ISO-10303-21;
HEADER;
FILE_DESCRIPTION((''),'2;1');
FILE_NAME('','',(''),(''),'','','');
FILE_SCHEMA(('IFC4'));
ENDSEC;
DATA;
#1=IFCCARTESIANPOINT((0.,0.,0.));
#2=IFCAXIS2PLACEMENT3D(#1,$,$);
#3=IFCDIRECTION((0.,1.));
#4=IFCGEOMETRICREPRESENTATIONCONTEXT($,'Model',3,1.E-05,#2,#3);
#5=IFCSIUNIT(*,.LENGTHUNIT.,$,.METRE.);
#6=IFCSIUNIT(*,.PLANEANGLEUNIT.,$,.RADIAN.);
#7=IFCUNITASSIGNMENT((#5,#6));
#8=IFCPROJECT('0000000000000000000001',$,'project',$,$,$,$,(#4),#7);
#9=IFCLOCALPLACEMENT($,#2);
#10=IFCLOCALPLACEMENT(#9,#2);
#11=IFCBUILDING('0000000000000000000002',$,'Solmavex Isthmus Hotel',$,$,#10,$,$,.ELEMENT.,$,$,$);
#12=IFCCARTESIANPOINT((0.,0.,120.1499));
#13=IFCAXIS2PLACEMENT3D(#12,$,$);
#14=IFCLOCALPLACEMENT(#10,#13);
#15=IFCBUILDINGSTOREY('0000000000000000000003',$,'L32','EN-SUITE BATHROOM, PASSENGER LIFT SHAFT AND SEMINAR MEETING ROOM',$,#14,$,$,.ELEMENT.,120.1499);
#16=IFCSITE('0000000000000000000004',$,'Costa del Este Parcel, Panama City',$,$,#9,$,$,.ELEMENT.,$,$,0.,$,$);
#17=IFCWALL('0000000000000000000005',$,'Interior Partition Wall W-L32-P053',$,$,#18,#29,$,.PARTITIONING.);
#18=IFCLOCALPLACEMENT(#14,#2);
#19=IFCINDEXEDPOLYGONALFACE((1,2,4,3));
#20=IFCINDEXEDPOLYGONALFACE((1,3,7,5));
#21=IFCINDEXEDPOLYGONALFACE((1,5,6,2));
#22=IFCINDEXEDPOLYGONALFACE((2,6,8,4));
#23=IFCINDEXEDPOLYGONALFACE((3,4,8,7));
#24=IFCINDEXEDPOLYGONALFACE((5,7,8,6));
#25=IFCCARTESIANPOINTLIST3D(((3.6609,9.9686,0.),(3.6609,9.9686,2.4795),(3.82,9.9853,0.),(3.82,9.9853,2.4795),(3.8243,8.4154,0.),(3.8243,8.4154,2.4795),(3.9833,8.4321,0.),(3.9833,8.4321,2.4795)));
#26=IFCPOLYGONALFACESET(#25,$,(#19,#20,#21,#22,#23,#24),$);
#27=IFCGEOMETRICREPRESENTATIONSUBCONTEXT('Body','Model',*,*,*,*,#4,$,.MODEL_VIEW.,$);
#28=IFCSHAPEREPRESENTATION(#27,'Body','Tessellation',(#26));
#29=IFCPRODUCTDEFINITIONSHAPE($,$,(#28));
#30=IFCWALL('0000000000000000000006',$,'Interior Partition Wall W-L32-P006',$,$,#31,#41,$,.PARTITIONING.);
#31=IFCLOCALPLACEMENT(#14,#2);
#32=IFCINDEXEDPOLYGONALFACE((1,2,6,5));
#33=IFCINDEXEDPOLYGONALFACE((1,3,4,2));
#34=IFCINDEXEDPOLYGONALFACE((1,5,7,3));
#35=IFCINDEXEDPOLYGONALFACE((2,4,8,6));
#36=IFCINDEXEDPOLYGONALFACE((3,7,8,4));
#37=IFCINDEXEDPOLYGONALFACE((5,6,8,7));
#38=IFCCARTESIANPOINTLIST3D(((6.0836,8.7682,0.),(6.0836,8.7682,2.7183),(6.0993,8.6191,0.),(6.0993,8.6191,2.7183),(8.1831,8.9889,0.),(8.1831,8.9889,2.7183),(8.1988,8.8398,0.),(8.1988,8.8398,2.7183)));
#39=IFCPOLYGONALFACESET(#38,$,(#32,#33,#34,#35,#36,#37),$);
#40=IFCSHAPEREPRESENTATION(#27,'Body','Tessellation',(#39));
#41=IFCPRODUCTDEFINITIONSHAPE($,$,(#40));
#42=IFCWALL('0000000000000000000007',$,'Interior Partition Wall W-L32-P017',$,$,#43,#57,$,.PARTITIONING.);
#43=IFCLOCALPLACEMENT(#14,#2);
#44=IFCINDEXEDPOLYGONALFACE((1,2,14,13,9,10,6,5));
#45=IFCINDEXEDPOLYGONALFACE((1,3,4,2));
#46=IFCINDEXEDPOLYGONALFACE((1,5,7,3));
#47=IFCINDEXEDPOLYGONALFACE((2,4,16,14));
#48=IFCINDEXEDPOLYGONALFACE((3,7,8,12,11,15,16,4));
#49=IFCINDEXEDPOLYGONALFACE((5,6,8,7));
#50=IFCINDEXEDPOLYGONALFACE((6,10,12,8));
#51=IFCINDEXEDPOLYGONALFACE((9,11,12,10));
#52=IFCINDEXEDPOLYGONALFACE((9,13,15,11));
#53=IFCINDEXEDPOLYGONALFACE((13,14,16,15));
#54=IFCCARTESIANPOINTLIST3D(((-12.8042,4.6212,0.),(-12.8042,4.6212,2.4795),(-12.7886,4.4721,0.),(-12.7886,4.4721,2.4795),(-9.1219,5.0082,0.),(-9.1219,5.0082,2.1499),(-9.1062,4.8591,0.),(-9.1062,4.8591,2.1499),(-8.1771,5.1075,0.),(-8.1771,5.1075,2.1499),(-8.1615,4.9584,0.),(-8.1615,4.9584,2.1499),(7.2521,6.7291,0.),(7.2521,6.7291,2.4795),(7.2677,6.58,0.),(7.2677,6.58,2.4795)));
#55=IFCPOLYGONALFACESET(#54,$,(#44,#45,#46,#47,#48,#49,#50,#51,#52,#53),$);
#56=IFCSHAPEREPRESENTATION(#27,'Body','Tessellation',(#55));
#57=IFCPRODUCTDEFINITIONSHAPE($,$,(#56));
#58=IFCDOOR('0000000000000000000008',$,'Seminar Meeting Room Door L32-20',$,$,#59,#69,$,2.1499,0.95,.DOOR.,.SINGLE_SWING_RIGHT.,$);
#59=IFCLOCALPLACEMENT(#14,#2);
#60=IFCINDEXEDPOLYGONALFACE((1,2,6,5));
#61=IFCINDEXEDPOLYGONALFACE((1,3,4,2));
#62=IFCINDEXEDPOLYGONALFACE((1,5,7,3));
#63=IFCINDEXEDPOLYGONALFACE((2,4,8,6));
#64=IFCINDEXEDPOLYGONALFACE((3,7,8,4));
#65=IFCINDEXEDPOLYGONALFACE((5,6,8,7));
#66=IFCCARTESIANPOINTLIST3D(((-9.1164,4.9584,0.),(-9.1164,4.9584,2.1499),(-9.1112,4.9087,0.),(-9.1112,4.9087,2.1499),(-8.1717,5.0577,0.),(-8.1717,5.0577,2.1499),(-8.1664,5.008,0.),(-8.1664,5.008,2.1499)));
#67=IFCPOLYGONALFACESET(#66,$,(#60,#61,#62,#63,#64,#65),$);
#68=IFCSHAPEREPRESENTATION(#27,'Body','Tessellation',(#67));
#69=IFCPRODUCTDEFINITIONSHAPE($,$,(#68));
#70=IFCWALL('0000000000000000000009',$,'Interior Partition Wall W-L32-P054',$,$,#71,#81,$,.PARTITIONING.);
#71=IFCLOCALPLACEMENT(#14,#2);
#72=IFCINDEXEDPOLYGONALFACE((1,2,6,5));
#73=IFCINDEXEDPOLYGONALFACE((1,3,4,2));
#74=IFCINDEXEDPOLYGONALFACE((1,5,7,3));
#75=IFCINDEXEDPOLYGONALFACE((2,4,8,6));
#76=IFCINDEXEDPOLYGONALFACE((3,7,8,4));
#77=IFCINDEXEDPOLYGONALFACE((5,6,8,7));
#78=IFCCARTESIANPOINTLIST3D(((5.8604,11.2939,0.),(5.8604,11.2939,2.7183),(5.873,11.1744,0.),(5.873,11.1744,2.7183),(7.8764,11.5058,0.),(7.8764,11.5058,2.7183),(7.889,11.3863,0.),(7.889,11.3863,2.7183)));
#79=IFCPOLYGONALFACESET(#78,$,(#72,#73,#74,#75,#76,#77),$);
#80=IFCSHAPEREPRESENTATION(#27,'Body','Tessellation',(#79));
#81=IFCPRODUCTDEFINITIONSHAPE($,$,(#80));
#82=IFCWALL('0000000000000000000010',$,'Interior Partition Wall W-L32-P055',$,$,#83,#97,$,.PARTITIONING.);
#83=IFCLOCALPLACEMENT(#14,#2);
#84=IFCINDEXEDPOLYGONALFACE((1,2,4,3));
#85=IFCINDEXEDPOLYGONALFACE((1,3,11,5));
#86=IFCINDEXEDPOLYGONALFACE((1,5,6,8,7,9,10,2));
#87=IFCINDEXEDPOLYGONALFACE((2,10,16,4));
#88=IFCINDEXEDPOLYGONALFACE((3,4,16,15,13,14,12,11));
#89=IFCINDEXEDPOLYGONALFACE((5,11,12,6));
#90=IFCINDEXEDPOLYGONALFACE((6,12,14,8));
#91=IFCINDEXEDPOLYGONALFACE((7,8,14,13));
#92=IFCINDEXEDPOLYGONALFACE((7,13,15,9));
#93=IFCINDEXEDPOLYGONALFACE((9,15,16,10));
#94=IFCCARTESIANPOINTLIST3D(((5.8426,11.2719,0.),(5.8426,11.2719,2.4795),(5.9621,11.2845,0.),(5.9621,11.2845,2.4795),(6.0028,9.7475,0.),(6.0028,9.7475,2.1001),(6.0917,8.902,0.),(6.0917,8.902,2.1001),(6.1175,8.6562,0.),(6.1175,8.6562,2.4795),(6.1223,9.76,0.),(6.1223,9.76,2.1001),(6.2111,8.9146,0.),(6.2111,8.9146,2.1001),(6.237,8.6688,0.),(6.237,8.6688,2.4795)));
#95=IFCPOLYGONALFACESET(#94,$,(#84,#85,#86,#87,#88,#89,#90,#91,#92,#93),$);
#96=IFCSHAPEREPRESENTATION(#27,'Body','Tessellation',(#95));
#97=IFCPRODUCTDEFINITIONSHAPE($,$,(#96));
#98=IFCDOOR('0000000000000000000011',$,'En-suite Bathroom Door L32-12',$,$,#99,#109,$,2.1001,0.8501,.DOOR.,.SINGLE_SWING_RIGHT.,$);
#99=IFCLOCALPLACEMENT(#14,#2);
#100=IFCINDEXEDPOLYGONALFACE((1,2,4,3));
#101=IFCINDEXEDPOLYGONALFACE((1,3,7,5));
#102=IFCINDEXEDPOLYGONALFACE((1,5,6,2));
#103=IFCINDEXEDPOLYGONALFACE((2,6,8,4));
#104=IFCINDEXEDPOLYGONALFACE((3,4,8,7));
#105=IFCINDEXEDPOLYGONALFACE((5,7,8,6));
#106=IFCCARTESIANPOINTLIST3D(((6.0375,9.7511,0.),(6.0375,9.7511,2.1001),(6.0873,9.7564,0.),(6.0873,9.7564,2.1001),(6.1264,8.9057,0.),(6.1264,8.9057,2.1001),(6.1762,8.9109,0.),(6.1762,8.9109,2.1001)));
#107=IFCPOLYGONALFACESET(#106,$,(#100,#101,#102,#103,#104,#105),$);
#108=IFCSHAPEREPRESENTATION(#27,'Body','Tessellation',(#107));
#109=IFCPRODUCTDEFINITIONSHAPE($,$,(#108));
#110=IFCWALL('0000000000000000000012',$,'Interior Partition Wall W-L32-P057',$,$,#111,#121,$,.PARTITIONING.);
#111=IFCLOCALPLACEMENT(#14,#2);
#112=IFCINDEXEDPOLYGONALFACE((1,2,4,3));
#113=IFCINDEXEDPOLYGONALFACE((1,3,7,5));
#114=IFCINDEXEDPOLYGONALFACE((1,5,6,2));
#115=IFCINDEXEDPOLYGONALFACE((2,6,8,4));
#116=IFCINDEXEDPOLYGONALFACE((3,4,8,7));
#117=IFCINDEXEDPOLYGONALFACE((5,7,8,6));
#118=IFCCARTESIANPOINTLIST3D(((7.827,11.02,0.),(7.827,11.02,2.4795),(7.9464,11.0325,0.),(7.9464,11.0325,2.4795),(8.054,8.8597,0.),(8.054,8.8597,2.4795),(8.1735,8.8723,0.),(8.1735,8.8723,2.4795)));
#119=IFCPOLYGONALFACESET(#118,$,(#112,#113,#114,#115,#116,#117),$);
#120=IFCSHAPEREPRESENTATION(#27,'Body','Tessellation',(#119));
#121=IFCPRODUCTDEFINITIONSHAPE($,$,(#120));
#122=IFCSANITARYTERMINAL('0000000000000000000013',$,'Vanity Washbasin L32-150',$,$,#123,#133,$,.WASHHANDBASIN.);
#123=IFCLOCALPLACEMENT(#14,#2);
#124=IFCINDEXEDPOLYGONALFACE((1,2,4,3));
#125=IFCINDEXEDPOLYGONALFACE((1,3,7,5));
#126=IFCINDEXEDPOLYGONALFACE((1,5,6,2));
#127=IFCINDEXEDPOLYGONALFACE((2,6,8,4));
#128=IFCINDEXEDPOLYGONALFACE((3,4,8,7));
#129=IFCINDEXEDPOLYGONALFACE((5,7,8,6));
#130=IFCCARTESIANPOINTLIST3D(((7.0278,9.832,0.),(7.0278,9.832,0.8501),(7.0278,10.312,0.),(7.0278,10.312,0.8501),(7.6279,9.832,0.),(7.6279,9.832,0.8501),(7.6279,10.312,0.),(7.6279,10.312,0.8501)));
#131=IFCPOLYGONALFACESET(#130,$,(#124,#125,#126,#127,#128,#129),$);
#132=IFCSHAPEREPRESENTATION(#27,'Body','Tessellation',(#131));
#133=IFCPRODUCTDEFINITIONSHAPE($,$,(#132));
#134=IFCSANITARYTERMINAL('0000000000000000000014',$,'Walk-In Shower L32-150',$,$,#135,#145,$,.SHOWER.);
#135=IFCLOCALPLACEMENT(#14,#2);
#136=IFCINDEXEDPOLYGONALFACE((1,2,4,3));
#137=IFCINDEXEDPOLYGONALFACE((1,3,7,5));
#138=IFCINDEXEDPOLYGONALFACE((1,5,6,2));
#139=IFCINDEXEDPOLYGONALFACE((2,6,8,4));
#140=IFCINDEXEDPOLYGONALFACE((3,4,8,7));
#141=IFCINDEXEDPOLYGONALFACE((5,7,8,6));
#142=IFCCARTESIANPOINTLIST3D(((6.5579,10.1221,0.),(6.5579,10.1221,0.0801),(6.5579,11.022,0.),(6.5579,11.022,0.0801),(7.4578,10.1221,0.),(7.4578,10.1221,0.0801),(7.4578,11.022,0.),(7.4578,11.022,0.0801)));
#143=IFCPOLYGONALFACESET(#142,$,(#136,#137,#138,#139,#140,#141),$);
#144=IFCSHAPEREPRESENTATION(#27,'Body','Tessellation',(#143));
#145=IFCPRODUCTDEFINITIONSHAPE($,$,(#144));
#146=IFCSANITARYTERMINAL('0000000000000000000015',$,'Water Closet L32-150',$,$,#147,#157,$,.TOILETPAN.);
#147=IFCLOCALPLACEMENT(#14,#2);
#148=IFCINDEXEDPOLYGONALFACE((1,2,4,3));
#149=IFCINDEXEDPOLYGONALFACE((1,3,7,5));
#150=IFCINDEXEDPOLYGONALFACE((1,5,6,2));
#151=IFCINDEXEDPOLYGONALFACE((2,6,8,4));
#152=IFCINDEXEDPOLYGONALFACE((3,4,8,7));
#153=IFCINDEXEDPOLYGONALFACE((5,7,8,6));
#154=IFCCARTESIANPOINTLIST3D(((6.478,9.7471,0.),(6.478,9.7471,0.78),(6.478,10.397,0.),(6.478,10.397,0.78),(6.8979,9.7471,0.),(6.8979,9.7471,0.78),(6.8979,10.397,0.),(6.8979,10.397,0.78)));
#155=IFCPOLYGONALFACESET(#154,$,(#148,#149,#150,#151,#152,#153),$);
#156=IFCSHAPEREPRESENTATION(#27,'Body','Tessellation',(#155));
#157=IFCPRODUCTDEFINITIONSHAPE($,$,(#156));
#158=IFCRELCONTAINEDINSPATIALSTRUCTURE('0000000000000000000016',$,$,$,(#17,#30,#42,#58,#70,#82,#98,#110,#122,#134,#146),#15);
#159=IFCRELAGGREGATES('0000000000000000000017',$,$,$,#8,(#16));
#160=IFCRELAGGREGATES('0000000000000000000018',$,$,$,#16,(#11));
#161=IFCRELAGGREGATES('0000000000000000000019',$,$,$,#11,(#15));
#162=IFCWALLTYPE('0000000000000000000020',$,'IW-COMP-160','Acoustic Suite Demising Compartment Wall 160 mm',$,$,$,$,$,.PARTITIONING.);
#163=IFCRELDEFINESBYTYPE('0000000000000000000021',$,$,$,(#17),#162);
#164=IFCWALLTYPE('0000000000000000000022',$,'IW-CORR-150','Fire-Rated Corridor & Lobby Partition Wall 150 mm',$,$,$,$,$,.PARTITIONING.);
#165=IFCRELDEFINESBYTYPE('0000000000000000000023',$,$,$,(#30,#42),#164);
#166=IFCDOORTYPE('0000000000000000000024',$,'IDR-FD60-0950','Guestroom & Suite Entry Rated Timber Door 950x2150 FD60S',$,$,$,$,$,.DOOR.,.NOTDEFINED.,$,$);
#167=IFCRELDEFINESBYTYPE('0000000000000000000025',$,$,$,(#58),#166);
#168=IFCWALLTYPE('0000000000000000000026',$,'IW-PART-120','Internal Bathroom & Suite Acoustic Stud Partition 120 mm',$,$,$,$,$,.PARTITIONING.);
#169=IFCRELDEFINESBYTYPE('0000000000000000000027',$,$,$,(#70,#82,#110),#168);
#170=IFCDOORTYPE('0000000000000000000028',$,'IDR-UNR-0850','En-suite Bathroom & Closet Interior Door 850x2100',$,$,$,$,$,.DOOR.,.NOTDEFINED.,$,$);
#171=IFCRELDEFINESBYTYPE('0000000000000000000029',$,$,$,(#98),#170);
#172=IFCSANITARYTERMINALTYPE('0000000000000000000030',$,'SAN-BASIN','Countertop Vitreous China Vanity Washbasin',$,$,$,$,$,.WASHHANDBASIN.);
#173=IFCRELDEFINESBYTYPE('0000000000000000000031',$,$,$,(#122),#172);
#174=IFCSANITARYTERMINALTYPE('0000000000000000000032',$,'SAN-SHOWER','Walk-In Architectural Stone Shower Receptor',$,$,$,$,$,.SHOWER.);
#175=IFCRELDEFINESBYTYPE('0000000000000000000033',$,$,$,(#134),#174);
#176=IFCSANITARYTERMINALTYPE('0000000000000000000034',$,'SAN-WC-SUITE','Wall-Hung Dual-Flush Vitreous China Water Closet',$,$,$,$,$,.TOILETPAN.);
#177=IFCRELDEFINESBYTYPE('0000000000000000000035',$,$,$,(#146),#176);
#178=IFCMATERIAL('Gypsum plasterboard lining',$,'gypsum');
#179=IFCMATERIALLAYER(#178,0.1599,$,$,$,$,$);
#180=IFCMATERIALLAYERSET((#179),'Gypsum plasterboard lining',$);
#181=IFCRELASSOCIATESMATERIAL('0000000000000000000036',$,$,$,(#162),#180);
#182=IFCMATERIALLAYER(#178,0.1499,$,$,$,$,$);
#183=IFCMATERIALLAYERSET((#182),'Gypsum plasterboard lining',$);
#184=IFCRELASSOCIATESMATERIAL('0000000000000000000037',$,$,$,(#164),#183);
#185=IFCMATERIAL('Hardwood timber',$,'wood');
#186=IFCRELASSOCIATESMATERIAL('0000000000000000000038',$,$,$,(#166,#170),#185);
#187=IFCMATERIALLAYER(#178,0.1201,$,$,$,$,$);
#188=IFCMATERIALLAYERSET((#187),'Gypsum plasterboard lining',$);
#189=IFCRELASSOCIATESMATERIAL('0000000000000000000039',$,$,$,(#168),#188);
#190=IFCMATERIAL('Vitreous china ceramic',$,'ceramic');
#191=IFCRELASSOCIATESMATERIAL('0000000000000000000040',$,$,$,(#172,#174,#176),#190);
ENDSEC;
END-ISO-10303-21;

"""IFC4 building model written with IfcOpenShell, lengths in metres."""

from ifc_helpers import new_model, si_unit, direction, frame, frame_2d, origin, origin_2d, place, context, subcontext, project, spatial, rectangle, extrude, material, layer, layer_set, type_object, element, fill, save


model = new_model("IFC4")

# Units and contexts
model_context = context("Model", 3, precision=1e-05, world=origin(), true_north=direction((0.0, 1.0)))
body_context = subcontext(model_context, "Body", "Model", "MODEL_VIEW")
ifc_project = project(units=[si_unit("LENGTHUNIT", "METRE"), si_unit("PLANEANGLEUNIT", "RADIAN")], contexts=[model_context])

# Site, building, storey
site_placement = place(None, origin())
site = spatial("IfcSite", under=ifc_project, at=site_placement, Name="Costa del Este Parcel, Panama City", CompositionType="ELEMENT", RefElevation=0.0)
building_placement = place(site_placement, origin())
building = spatial("IfcBuilding", under=site, at=building_placement, Name="Solmavex Isthmus Hotel", CompositionType="ELEMENT")
storey_placement = place(building_placement, frame((0.0, 0.0, 120.1499)))
storey = spatial("IfcBuildingStorey", under=building, at=storey_placement, Name="L32", Description="EN-SUITE BATHROOM, PASSENGER LIFT SHAFT AND SEMINAR MEETING ROOM", CompositionType="ELEMENT", Elevation=120.1499)

# Wall
ifc_material_1 = material(Name="Gypsum plasterboard lining", Category="gypsum")
ifc_layer_1 = layer(ifc_material_1, 0.1599)
ifc_layer_set_1 = layer_set([ifc_layer_1], Name="Gypsum plasterboard lining")
wall_type_1 = type_object("IfcWallType", Name="IW-COMP-160", Description="Acoustic Suite Demising Compartment Wall 160 mm", PredefinedType="PARTITIONING", material=ifc_layer_set_1)
wall_1_placement = place(storey_placement, frame((3.7405, 9.9768, 0.0), z_axis=(0.0, 0.0, 1.0), x_axis=(0.104579, -0.994517, 0.0)))
element("IfcWall", 1, at=wall_1_placement, inside=storey, type_object=wall_type_1, Name="Interior Partition Wall W-L32-P053", PredefinedType="PARTITIONING", context=body_context, shape_type="SweptSolid", body=[
    extrude(rectangle(XDim=1.5618, YDim=0.1599, at=frame_2d((0.7808, 0.0))), origin(), (0.0, 0.0, 1.0), 2.4795),
])

# Shared definitions
ifc_layer_2 = layer(ifc_material_1, 0.1499)
ifc_layer_set_2 = layer_set([ifc_layer_2], Name="Gypsum plasterboard lining")
wall_type_2 = type_object("IfcWallType", Name="IW-CORR-150", Description="Fire-Rated Corridor & Lobby Partition Wall 150 mm", PredefinedType="PARTITIONING", material=ifc_layer_set_2)
ifc_material_2 = material(Name="Hardwood timber", Category="wood")
door_type_1 = type_object("IfcDoorType", Name="IDR-FD60-0950", Description="Guestroom & Suite Entry Rated Timber Door 950x2150 FD60S", OperationType="NOTDEFINED", PredefinedType="DOOR", material=ifc_material_2)

# Wall
wall_2_placement = place(storey_placement, frame((6.0913, 8.6936, 0.0), z_axis=(0.0, 0.0, 1.0), x_axis=(0.994521, 0.10454, 0.0)))
element("IfcWall", 2, at=wall_2_placement, inside=storey, type_object=wall_type_2, Name="Interior Partition Wall W-L32-P006", PredefinedType="PARTITIONING", context=body_context, shape_type="SweptSolid", body=[
    extrude(rectangle(XDim=2.1111, YDim=0.1499, at=frame_2d((1.0557, 0.0))), origin(), (0.0, 0.0, 1.0), 2.7183),
])

# Wall, opening, door
wall_3_placement = place(storey_placement, frame((7.26, 6.6545, 0.0), z_axis=(0.0, 0.0, 1.0), x_axis=(-0.994522, -0.104523, 0.0)))
wall_3 = element("IfcWall", 3, at=wall_3_placement, inside=storey, type_object=wall_type_2, Name="Interior Partition Wall W-L32-P017", PredefinedType="PARTITIONING", context=body_context, shape_type="SweptSolid", body=[
    extrude(rectangle(XDim=20.1667, YDim=0.1499, at=frame_2d((10.0835, 0.0))), origin(), (0.0, 0.0, 1.0), 2.4795),
])
opening_1_placement = place(wall_3_placement, frame((15.5142, 0.0, 0.0)))
opening_1 = element("IfcOpeningElement", 4, at=opening_1_placement, cuts=wall_3, PredefinedType="OPENING", context=body_context, shape_type="SweptSolid", body=[
    extrude(rectangle(XDim=0.95, YDim=2.1499, at=frame_2d((0.4751, 1.075))), frame((0.0, 0.085, 0.0), z_axis=(0.0, -1.0, 0.0), x_axis=(1.0, 0.0, 0.0)), (0.0, 0.0, 1.0), 0.1699),
])
door_1_placement = place(opening_1_placement, frame((0.95, 0.0, 0.0), z_axis=(0.0, 0.0, 1.0), x_axis=(-1.0, 0.0, 0.0)))
door_1 = element("IfcDoor", 5, at=door_1_placement, inside=storey, type_object=door_type_1, Name="Seminar Meeting Room Door L32-20", OperationType="SINGLE_SWING_RIGHT", OverallHeight=2.1499, OverallWidth=0.95, PredefinedType="DOOR", context=body_context, shape_type="SweptSolid", body=[
    extrude(rectangle(XDim=0.95, YDim=2.1499, at=frame_2d((0.4751, 1.075))), frame((0.0, 0.0249, 0.0), z_axis=(0.0, -1.0, 0.0), x_axis=(1.0, 0.0, 0.0)), (0.0, 0.0, 1.0), 0.05),
])
fill(opening_1, door_1)

# Wall
ifc_layer_3 = layer(ifc_material_1, 0.1201)
ifc_layer_set_3 = layer_set([ifc_layer_3], Name="Gypsum plasterboard lining")
wall_type_3 = type_object("IfcWallType", Name="IW-PART-120", Description="Internal Bathroom & Suite Acoustic Stud Partition 120 mm", PredefinedType="PARTITIONING", material=ifc_layer_set_3)
wall_4_placement = place(storey_placement, frame((7.8828, 11.446, 0.0), z_axis=(0.0, 0.0, 1.0), x_axis=(-0.994521, -0.104534, 0.0)))
element("IfcWall", 6, at=wall_4_placement, inside=storey, type_object=wall_type_3, Name="Interior Partition Wall W-L32-P054", PredefinedType="PARTITIONING", context=body_context, shape_type="SweptSolid", body=[
    extrude(rectangle(XDim=2.0271, YDim=0.1201, at=frame_2d((1.0137, 0.0))), origin(), (0.0, 0.0, 1.0), 2.7183),
])

# Wall, opening, door
wall_5_placement = place(storey_placement, frame((5.9023, 11.2781, 0.0), z_axis=(0.0, 0.0, 1.0), x_axis=(0.10452, -0.994523, 0.0)))
wall_5 = element("IfcWall", 7, at=wall_5_placement, inside=storey, type_object=wall_type_3, Name="Interior Partition Wall W-L32-P055", PredefinedType="PARTITIONING", context=body_context, shape_type="SweptSolid", body=[
    extrude(rectangle(XDim=2.6301, YDim=0.1201, at=frame_2d((1.3149, 0.0))), origin(), (0.0, 0.0, 1.0), 2.4795),
])
opening_2_placement = place(wall_5_placement, frame((1.5327, 0.0, 0.0)))
opening_2 = element("IfcOpeningElement", 8, at=opening_2_placement, cuts=wall_5, PredefinedType="OPENING", context=body_context, shape_type="SweptSolid", body=[
    extrude(rectangle(XDim=0.8501, YDim=2.1001, at=frame_2d((0.425, 1.05))), frame((0.0, 0.0701, 0.0), z_axis=(0.0, -1.0, 0.0), x_axis=(1.0, 0.0, 0.0)), (0.0, 0.0, 1.0), 0.1401),
])
door_type_2 = type_object("IfcDoorType", Name="IDR-UNR-0850", Description="En-suite Bathroom & Closet Interior Door 850x2100", OperationType="NOTDEFINED", PredefinedType="DOOR", material=ifc_material_2)
door_2_placement = place(opening_2_placement, origin())
door_2 = element("IfcDoor", 9, at=door_2_placement, inside=storey, type_object=door_type_2, Name="En-suite Bathroom Door L32-12", OperationType="SINGLE_SWING_RIGHT", OverallHeight=2.1001, OverallWidth=0.8501, PredefinedType="DOOR", context=body_context, shape_type="SweptSolid", body=[
    extrude(rectangle(XDim=0.8501, YDim=2.1001, at=frame_2d((0.425, 1.05))), frame((0.0, 0.0249, 0.0), z_axis=(0.0, -1.0, 0.0), x_axis=(1.0, 0.0, 0.0)), (0.0, 0.0, 1.0), 0.05),
])
fill(opening_2, door_2)

# Wall
wall_6_placement = place(storey_placement, frame((7.8867, 11.0261, 0.0), z_axis=(0.0, 0.0, 1.0), x_axis=(0.104533, -0.994521, 0.0)))
element("IfcWall", 10, at=wall_6_placement, inside=storey, type_object=wall_type_3, Name="Interior Partition Wall W-L32-P057", PredefinedType="PARTITIONING", context=body_context, shape_type="SweptSolid", body=[
    extrude(rectangle(XDim=2.1721, YDim=0.1201, at=frame_2d((1.0859, 0.0))), origin(), (0.0, 0.0, 1.0), 2.4795),
])

# Sanitary terminals
ifc_material_3 = material(Name="Vitreous china ceramic", Category="ceramic")
sanitary_terminal_type_1 = type_object("IfcSanitaryTerminalType", Name="SAN-BASIN", Description="Countertop Vitreous China Vanity Washbasin", PredefinedType="WASHHANDBASIN", material=ifc_material_3)
sanitary_terminal_1_placement = place(storey_placement, frame((7.3279, 10.072, 0.0), z_axis=(0.0, 0.0, 1.0), x_axis=(1.0, 0.0, 0.0)))
element("IfcSanitaryTerminal", 11, at=sanitary_terminal_1_placement, inside=storey, type_object=sanitary_terminal_type_1, Name="Vanity Washbasin L32-150", PredefinedType="WASHHANDBASIN", context=body_context, shape_type="SweptSolid", body=[
    extrude(rectangle(XDim=0.6001, YDim=0.48, at=origin_2d()), origin(), (0.0, 0.0, 1.0), 0.8501),
])
sanitary_terminal_type_2 = type_object("IfcSanitaryTerminalType", Name="SAN-SHOWER", Description="Walk-In Architectural Stone Shower Receptor", PredefinedType="SHOWER", material=ifc_material_3)
sanitary_terminal_2_placement = place(storey_placement, frame((7.0078, 10.572, 0.0), z_axis=(0.0, 0.0, 1.0), x_axis=(1.0, 0.0, 0.0)))
element("IfcSanitaryTerminal", 12, at=sanitary_terminal_2_placement, inside=storey, type_object=sanitary_terminal_type_2, Name="Walk-In Shower L32-150", PredefinedType="SHOWER", context=body_context, shape_type="SweptSolid", body=[
    extrude(rectangle(XDim=0.8999, YDim=0.8999, at=origin_2d()), origin(), (0.0, 0.0, 1.0), 0.0801),
])
sanitary_terminal_type_3 = type_object("IfcSanitaryTerminalType", Name="SAN-WC-SUITE", Description="Wall-Hung Dual-Flush Vitreous China Water Closet", PredefinedType="TOILETPAN", material=ifc_material_3)
sanitary_terminal_3_placement = place(storey_placement, frame((6.688, 10.072, 0.0), z_axis=(0.0, 0.0, 1.0), x_axis=(1.0, 0.0, 0.0)))
element("IfcSanitaryTerminal", 13, at=sanitary_terminal_3_placement, inside=storey, type_object=sanitary_terminal_type_3, Name="Water Closet L32-150", PredefinedType="TOILETPAN", context=body_context, shape_type="SweptSolid", body=[
    extrude(rectangle(XDim=0.4199, YDim=0.6499, at=origin_2d()), origin(), (0.0, 0.0, 1.0), 0.78),
])

save(model, "model.ifc")
